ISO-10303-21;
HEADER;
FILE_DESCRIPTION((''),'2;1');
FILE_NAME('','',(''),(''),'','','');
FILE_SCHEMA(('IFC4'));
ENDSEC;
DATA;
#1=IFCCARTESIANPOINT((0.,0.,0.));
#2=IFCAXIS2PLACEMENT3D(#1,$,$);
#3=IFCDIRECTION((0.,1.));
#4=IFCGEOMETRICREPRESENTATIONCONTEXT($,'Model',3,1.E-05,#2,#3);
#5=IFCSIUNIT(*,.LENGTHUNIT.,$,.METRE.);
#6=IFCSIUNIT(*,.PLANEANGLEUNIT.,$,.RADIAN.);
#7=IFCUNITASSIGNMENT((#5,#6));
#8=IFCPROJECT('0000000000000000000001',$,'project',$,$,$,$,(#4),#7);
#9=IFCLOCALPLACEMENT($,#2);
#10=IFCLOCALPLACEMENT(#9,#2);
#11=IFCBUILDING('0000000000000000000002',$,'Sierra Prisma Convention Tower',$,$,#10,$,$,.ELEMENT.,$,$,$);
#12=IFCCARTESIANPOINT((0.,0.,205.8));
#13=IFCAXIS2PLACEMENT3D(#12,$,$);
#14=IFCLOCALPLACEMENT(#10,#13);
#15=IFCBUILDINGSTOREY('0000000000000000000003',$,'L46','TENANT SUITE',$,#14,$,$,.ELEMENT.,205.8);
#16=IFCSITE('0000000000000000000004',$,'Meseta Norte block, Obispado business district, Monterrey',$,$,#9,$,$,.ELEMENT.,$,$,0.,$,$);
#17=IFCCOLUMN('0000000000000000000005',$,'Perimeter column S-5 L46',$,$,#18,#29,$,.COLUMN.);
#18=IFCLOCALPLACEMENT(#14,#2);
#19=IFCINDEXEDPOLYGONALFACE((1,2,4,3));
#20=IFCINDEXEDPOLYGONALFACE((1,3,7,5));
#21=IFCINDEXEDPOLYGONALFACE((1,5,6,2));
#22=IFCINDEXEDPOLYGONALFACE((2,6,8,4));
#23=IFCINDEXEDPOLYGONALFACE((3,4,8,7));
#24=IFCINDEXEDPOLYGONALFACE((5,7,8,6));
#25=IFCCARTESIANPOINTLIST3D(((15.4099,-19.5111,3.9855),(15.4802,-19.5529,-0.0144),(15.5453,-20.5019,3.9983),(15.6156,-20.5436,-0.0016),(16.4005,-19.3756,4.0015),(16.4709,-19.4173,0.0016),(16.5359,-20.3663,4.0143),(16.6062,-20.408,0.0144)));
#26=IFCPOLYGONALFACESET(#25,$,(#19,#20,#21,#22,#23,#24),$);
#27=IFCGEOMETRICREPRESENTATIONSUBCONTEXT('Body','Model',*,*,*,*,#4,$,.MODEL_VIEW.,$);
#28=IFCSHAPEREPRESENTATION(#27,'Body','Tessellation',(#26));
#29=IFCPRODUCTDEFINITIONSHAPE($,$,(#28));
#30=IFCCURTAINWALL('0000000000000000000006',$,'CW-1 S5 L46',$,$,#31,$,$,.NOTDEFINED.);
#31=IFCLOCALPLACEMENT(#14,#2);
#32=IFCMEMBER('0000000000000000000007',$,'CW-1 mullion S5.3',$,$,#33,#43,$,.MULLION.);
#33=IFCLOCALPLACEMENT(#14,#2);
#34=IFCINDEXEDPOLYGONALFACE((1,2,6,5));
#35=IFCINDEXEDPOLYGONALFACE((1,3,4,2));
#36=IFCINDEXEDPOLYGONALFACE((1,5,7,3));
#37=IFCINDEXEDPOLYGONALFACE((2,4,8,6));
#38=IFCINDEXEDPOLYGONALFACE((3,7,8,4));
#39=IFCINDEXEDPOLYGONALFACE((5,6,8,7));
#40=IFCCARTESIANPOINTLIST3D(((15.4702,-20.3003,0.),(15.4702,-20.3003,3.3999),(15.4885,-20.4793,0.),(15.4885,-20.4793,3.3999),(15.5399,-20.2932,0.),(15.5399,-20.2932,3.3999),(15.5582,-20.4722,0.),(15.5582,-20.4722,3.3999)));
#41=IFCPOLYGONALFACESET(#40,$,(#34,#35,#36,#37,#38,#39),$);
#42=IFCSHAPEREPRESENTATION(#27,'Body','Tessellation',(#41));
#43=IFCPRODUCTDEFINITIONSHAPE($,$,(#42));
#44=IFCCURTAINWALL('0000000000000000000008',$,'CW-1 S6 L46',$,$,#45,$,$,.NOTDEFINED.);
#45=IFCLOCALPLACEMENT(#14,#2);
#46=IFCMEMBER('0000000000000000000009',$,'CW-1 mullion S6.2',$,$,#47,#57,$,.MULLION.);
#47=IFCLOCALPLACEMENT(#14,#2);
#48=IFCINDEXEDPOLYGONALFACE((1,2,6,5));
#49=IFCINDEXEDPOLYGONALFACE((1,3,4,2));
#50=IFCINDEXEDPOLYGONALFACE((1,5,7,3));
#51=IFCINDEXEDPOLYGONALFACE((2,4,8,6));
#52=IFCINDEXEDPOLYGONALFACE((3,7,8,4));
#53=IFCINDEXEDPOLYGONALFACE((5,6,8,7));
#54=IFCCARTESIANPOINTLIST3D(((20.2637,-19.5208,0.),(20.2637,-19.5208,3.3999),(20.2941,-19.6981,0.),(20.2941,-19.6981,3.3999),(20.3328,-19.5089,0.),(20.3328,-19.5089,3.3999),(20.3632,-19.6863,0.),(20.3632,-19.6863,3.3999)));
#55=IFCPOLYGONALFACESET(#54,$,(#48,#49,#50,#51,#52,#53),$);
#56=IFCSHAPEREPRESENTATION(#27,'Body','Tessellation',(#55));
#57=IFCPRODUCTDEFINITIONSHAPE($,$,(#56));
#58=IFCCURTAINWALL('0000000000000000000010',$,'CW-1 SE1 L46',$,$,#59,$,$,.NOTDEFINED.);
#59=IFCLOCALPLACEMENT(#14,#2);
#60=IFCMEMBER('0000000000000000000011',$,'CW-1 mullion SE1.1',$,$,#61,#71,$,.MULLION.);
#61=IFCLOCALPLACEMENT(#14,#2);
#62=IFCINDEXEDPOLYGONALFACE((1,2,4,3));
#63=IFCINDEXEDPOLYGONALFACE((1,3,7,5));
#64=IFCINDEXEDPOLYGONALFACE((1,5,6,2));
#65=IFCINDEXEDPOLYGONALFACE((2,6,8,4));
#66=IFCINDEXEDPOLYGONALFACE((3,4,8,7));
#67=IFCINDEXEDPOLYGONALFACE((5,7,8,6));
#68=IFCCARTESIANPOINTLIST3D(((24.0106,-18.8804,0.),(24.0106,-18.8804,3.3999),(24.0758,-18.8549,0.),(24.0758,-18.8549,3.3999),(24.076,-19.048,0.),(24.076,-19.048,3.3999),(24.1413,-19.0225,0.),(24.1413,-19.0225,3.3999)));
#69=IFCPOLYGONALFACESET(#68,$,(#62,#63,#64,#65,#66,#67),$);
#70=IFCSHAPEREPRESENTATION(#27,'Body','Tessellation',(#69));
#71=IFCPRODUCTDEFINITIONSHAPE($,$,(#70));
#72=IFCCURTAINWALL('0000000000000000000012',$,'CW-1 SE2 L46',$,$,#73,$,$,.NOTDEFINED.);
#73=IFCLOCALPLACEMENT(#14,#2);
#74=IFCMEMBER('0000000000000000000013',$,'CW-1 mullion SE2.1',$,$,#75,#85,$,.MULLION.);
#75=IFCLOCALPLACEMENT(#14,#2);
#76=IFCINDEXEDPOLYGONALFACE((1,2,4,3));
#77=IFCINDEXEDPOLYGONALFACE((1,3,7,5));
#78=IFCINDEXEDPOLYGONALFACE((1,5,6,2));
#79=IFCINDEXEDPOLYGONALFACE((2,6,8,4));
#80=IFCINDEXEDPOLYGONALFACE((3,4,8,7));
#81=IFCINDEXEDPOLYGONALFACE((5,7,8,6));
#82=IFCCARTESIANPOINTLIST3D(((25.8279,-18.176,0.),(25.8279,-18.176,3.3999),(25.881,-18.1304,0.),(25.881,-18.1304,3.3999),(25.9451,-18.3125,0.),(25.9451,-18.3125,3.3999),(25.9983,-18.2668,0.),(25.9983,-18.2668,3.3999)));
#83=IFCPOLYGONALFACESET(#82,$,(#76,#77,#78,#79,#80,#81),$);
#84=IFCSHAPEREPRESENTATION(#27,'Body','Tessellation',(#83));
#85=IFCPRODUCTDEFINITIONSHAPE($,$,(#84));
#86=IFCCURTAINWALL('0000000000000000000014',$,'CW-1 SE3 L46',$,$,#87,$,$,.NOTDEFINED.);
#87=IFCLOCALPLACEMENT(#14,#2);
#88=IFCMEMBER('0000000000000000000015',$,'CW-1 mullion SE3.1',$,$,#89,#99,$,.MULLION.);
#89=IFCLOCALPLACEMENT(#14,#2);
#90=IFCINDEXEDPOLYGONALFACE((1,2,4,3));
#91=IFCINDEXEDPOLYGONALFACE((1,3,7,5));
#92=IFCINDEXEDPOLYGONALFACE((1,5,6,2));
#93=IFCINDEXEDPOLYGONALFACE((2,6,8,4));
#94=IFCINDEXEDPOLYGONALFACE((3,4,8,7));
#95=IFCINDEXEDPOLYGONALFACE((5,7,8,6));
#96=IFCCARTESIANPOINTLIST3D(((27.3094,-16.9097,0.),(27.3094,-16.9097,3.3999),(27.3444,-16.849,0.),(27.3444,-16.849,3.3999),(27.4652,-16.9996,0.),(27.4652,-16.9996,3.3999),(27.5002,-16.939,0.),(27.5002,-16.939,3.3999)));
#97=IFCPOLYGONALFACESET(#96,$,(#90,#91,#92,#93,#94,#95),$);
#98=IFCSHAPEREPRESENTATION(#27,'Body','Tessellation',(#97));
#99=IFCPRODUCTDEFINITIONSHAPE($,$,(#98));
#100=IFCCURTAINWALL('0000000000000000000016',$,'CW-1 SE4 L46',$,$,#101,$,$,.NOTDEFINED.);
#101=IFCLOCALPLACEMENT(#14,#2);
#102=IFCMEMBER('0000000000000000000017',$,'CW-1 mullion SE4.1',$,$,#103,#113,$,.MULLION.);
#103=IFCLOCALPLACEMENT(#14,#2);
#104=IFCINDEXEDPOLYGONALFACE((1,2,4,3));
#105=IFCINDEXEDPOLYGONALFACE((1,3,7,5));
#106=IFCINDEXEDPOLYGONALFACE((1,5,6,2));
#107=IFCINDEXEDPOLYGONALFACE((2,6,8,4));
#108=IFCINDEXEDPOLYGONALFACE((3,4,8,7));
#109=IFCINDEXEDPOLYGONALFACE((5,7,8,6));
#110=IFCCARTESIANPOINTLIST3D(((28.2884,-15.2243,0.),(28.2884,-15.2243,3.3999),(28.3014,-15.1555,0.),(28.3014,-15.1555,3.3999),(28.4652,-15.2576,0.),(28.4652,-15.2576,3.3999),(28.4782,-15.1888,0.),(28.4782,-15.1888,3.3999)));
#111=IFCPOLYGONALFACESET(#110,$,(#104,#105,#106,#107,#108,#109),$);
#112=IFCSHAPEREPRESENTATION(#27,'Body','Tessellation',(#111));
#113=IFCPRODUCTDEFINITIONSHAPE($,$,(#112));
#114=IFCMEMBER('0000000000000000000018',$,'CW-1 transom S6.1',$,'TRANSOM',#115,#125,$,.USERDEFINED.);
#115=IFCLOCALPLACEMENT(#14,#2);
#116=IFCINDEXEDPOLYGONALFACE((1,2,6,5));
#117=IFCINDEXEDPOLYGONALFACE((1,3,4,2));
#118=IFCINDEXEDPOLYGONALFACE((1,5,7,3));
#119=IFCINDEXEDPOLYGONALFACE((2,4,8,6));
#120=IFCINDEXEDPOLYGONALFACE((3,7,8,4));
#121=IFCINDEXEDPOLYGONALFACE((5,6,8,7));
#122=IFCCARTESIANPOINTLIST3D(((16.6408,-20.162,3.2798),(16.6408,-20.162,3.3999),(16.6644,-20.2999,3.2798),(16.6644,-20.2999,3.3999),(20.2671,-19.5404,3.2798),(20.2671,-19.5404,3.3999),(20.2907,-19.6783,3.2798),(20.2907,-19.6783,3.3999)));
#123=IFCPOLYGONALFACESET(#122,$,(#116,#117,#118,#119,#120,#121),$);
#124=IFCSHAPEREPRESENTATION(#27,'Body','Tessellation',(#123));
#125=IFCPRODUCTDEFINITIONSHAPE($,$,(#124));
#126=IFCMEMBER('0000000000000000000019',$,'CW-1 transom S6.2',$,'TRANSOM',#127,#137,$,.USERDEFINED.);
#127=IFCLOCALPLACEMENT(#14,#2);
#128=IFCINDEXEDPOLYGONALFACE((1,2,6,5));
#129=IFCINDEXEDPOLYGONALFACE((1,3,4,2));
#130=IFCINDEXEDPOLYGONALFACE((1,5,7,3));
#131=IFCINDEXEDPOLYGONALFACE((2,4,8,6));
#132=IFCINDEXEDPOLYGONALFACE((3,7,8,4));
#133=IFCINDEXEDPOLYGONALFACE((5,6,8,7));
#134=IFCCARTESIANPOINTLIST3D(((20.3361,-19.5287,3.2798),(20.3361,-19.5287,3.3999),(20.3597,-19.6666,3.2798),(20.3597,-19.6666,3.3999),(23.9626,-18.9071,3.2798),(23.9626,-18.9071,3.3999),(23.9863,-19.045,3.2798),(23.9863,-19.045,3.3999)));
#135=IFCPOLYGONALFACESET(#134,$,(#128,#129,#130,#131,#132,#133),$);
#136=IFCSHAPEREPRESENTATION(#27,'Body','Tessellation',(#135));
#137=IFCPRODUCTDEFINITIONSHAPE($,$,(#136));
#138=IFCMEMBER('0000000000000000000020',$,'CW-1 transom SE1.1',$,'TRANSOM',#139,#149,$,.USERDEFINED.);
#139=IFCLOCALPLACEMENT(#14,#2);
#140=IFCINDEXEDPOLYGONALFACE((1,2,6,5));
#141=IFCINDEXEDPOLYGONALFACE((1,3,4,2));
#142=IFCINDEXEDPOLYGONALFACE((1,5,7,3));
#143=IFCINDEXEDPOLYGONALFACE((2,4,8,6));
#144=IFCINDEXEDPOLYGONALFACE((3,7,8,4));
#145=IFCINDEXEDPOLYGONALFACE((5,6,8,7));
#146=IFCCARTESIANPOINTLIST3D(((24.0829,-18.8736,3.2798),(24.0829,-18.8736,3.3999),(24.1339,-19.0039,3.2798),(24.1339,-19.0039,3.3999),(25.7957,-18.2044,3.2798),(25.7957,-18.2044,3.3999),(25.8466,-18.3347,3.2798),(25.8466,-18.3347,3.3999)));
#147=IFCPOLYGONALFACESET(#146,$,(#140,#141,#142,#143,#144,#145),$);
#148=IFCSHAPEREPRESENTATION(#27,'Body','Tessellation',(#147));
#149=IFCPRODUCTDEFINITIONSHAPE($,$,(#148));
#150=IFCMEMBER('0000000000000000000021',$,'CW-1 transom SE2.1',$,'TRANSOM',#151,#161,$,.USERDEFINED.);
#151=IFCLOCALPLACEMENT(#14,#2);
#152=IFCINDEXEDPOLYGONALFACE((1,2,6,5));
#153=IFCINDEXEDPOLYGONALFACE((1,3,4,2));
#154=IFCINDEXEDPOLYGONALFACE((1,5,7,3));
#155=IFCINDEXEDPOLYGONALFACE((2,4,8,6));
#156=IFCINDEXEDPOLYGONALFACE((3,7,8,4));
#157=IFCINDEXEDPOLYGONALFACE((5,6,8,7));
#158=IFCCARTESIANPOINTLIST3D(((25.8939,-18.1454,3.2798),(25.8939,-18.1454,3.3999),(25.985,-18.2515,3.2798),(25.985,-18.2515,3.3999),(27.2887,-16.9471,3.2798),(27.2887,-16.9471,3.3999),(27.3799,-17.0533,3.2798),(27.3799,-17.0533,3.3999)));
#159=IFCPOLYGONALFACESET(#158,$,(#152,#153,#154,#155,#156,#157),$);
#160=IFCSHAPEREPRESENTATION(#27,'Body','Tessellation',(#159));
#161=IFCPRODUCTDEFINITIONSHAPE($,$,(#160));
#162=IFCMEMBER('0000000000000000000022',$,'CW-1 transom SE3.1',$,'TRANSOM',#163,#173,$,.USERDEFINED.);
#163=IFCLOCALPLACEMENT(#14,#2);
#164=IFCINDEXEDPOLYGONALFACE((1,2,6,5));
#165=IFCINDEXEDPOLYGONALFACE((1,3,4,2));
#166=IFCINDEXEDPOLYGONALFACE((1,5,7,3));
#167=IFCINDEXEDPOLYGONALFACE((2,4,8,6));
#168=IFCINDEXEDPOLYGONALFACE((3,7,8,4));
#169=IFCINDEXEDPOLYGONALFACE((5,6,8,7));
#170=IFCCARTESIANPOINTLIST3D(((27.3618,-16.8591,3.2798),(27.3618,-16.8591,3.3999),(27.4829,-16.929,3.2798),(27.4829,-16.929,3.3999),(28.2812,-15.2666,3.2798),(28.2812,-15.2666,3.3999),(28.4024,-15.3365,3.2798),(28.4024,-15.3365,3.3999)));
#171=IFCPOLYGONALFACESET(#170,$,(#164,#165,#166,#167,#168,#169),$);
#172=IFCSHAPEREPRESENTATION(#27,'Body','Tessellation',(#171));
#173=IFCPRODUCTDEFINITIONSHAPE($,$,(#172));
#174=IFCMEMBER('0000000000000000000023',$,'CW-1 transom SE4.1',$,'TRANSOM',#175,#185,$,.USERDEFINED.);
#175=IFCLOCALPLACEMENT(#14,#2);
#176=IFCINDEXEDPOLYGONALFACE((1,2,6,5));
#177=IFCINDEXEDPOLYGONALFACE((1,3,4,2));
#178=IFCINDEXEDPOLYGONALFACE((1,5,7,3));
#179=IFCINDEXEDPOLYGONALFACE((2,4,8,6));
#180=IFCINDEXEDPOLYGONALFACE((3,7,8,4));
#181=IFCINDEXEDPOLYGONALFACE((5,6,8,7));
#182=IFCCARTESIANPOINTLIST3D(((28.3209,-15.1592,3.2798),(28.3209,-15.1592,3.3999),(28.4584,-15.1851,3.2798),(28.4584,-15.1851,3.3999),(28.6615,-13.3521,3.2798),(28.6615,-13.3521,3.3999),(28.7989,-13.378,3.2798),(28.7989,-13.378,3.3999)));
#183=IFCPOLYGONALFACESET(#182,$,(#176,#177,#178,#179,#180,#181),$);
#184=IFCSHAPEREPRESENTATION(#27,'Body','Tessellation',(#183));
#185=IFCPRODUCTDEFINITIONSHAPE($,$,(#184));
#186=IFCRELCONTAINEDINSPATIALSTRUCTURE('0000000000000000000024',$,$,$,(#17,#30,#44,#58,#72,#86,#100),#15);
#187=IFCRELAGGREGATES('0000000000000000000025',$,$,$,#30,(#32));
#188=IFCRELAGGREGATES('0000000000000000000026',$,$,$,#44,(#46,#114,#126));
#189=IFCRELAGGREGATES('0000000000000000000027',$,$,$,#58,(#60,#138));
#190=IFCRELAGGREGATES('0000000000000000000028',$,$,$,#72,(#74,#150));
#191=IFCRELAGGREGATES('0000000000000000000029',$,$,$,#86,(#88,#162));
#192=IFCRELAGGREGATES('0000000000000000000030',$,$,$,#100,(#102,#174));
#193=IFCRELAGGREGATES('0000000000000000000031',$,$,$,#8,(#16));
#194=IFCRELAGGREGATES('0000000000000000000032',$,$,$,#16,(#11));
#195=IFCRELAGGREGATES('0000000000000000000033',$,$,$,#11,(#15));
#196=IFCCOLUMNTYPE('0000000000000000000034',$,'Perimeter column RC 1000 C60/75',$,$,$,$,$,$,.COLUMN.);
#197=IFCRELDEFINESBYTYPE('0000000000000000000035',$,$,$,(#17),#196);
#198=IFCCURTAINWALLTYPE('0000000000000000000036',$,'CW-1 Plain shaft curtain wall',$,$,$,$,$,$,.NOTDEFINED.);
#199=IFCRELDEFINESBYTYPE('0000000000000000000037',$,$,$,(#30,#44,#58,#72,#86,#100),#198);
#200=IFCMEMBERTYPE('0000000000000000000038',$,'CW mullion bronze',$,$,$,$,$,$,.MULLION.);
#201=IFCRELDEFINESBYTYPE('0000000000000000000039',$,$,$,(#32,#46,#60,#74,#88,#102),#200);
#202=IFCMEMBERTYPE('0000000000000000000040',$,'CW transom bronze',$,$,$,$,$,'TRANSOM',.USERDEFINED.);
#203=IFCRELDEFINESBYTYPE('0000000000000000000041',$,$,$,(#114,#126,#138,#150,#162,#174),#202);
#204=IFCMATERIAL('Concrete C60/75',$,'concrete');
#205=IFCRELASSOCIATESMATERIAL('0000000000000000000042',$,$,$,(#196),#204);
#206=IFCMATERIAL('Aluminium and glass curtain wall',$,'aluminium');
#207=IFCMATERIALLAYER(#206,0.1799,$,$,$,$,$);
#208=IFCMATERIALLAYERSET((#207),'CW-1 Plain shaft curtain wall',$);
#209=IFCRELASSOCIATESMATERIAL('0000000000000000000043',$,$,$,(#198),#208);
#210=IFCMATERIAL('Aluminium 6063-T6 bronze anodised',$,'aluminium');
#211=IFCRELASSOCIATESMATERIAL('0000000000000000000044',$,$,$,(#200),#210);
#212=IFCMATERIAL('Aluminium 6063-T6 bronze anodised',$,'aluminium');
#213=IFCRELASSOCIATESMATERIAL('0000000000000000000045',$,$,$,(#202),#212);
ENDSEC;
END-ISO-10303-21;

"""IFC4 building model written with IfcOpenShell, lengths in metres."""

from ifc_helpers import new_model, si_unit, direction, frame, origin, origin_2d, place, context, subcontext, project, spatial, rectangle, extrude, material, layer, layer_set, material_profile, profile_set, type_object, element, aggregate, save


model = new_model("IFC4")

# Units and contexts
model_context = context("Model", 3, precision=1e-05, world=origin(), true_north=direction((0.0, 1.0)))
body_context = subcontext(model_context, "Body", "Model", "MODEL_VIEW")
ifc_project = project(units=[si_unit("LENGTHUNIT", "METRE"), si_unit("PLANEANGLEUNIT", "RADIAN")], contexts=[model_context])

# Site, building, storey
site_placement = place(None, origin())
site = spatial("IfcSite", under=ifc_project, at=site_placement, Name="Meseta Norte block, Obispado business district, Monterrey", CompositionType="ELEMENT", RefElevation=0.0)
building_placement = place(site_placement, origin())
building = spatial("IfcBuilding", under=site, at=building_placement, Name="Sierra Prisma Convention Tower", CompositionType="ELEMENT")
storey_placement = place(building_placement, frame((0.0, 0.0, 205.8)))
storey = spatial("IfcBuildingStorey", under=building, at=storey_placement, Name="L46", Description="TENANT SUITE", CompositionType="ELEMENT", Elevation=205.8)

# Column
ifc_material_1 = material(Name="Concrete C60/75", Category="concrete")
ifc_material_profile_1 = material_profile(ifc_material_1, rectangle(XDim=1.0, YDim=1.0, at=origin_2d()), Name="Perimeter column RC 1000 C60/75")
ifc_profile_set_1 = profile_set([ifc_material_profile_1], Name="Concrete C60/75")
column_type = type_object("IfcColumnType", Name="Perimeter column RC 1000 C60/75", PredefinedType="COLUMN", material=ifc_profile_set_1)
column_placement = place(storey_placement, frame((16.0432, -19.9805, 0.0), z_axis=(-0.017574, 0.010435, 0.999791), x_axis=(0.990641, 0.135554, 0.015999)))
element("IfcColumn", 1, at=column_placement, inside=storey, type_object=column_type, Name="Perimeter column S-5 L46", PredefinedType="COLUMN", context=body_context, shape_type="SweptSolid", body=[
    extrude(rectangle(XDim=1.0, YDim=1.0, at=origin_2d()), origin(), (0.0, 0.0, 1.0), 4.0007),
])

# Curtain walls, members
ifc_material_2 = material(Name="Aluminium and glass curtain wall", Category="aluminium")
ifc_layer_1 = layer(ifc_material_2, 0.1799)
ifc_layer_set_1 = layer_set([ifc_layer_1], Name="CW-1 Plain shaft curtain wall")
curtain_wall_type = type_object("IfcCurtainWallType", Name="CW-1 Plain shaft curtain wall", PredefinedType="NOTDEFINED", material=ifc_layer_set_1)
curtain_wall_1_placement = place(storey_placement, origin())
curtain_wall_1 = element("IfcCurtainWall", 2, at=curtain_wall_1_placement, inside=storey, type_object=curtain_wall_type, Name="CW-1 S5 L46", PredefinedType="NOTDEFINED")
ifc_material_3 = material(Name="Aluminium 6063-T6 bronze anodised", Category="aluminium")
ifc_material_profile_2 = material_profile(ifc_material_3, rectangle(XDim=0.1799, YDim=0.0701, at=origin_2d()), Name="ALU MULLION 70x180")
ifc_profile_set_2 = profile_set([ifc_material_profile_2], Name="Aluminium 6063-T6 bronze anodised")
member_type_1 = type_object("IfcMemberType", Name="CW mullion bronze", PredefinedType="MULLION", material=ifc_profile_set_2)
member_1_placement = place(storey_placement, frame((15.5142, -20.3862, 0.0), z_axis=(0.0, 0.0, 1.0), x_axis=(-0.101672, 0.994818, 0.0)))
member_1 = element("IfcMember", 3, at=member_1_placement, type_object=member_type_1, Name="CW-1 mullion S5.3", PredefinedType="MULLION", context=body_context, shape_type="SweptSolid", body=[
    extrude(rectangle(XDim=0.1799, YDim=0.0701, at=origin_2d()), origin(), (0.0, 0.0, 1.0), 3.3999),
])
curtain_wall_2_placement = place(storey_placement, origin())
curtain_wall_2 = element("IfcCurtainWall", 4, at=curtain_wall_2_placement, inside=storey, type_object=curtain_wall_type, Name="CW-1 S6 L46", PredefinedType="NOTDEFINED")
member_2_placement = place(storey_placement, frame((20.3135, -19.6035, 0.0), z_axis=(0.0, 0.0, 1.0), x_axis=(-0.168933, 0.985627, 0.0)))
member_2 = element("IfcMember", 5, at=member_2_placement, type_object=member_type_1, Name="CW-1 mullion S6.2", PredefinedType="MULLION", context=body_context, shape_type="SweptSolid", body=[
    extrude(rectangle(XDim=0.1799, YDim=0.0701, at=origin_2d()), origin(), (0.0, 0.0, 1.0), 3.3999),
])
curtain_wall_3_placement = place(storey_placement, origin())
curtain_wall_3 = element("IfcCurtainWall", 6, at=curtain_wall_3_placement, inside=storey, type_object=curtain_wall_type, Name="CW-1 SE1 L46", PredefinedType="NOTDEFINED")
member_3_placement = place(storey_placement, frame((24.0759, -18.9514, 0.0), z_axis=(0.0, 0.0, 1.0), x_axis=(-0.363849, 0.931458, 0.0)))
member_3 = element("IfcMember", 7, at=member_3_placement, type_object=member_type_1, Name="CW-1 mullion SE1.1", PredefinedType="MULLION", context=body_context, shape_type="SweptSolid", body=[
    extrude(rectangle(XDim=0.1799, YDim=0.0701, at=origin_2d()), origin(), (0.0, 0.0, 1.0), 3.3999),
])
curtain_wall_4_placement = place(storey_placement, origin())
curtain_wall_4 = element("IfcCurtainWall", 8, at=curtain_wall_4_placement, inside=storey, type_object=curtain_wall_type, Name="CW-1 SE2 L46", PredefinedType="NOTDEFINED")
member_4_placement = place(storey_placement, frame((25.9131, -18.2214, 0.0), z_axis=(0.0, 0.0, 1.0), x_axis=(-0.65168, 0.758494, 0.0)))
member_4 = element("IfcMember", 9, at=member_4_placement, type_object=member_type_1, Name="CW-1 mullion SE2.1", PredefinedType="MULLION", context=body_context, shape_type="SweptSolid", body=[
    extrude(rectangle(XDim=0.1799, YDim=0.0701, at=origin_2d()), origin(), (0.0, 0.0, 1.0), 3.3999),
])
curtain_wall_5_placement = place(storey_placement, origin())
curtain_wall_5 = element("IfcCurtainWall", 10, at=curtain_wall_5_placement, inside=storey, type_object=curtain_wall_type, Name="CW-1 SE3 L46", PredefinedType="NOTDEFINED")
member_5_placement = place(storey_placement, frame((27.4048, -16.9243, 0.0), z_axis=(0.0, 0.0, 1.0), x_axis=(-0.866025, 0.5, 0.0)))
member_5 = element("IfcMember", 11, at=member_5_placement, type_object=member_type_1, Name="CW-1 mullion SE3.1", PredefinedType="MULLION", context=body_context, shape_type="SweptSolid", body=[
    extrude(rectangle(XDim=0.1799, YDim=0.0701, at=origin_2d()), origin(), (0.0, 0.0, 1.0), 3.3999),
])
curtain_wall_6_placement = place(storey_placement, origin())
curtain_wall_6 = element("IfcCurtainWall", 12, at=curtain_wall_6_placement, inside=storey, type_object=curtain_wall_type, Name="CW-1 SE4 L46", PredefinedType="NOTDEFINED")
member_6_placement = place(storey_placement, frame((28.3833, -15.2065, 0.0), z_axis=(0.0, 0.0, 1.0), x_axis=(-0.982715, 0.185124, 0.0)))
member_6 = element("IfcMember", 13, at=member_6_placement, type_object=member_type_1, Name="CW-1 mullion SE4.1", PredefinedType="MULLION", context=body_context, shape_type="SweptSolid", body=[
    extrude(rectangle(XDim=0.1799, YDim=0.0701, at=origin_2d()), origin(), (0.0, 0.0, 1.0), 3.3999),
])

# Members
ifc_material_4 = material(Name="Aluminium 6063-T6 bronze anodised", Category="aluminium")
ifc_material_profile_3 = material_profile(ifc_material_4, rectangle(XDim=0.1399, YDim=0.1201, at=origin_2d()), Name="ALU TRANSOM 120x140")
ifc_profile_set_3 = profile_set([ifc_material_profile_3], Name="Aluminium 6063-T6 bronze anodised")
member_type_2 = type_object("IfcMemberType", Name="CW transom bronze", ElementType="TRANSOM", PredefinedType="USERDEFINED", material=ifc_profile_set_3)
member_7_placement = place(storey_placement, frame((16.6526, -20.231, 3.3398), z_axis=(0.985625, 0.168949, 0.0), x_axis=(-0.168949, 0.985625, 0.0)))
member_7 = element("IfcMember", 14, at=member_7_placement, type_object=member_type_2, Name="CW-1 transom S6.1", ObjectType="TRANSOM", PredefinedType="USERDEFINED", context=body_context, shape_type="SweptSolid", body=[
    extrude(rectangle(XDim=0.1399, YDim=0.1201, at=origin_2d()), origin(), (0.0, 0.0, 1.0), 3.6792),
])
member_8_placement = place(storey_placement, frame((20.3479, -19.5977, 3.3398), z_axis=(0.985627, 0.168938, 0.0), x_axis=(-0.168938, 0.985627, 0.0)))
member_8 = element("IfcMember", 15, at=member_8_placement, type_object=member_type_2, Name="CW-1 transom S6.2", ObjectType="TRANSOM", PredefinedType="USERDEFINED", context=body_context, shape_type="SweptSolid", body=[
    extrude(rectangle(XDim=0.1399, YDim=0.1201, at=origin_2d()), origin(), (0.0, 0.0, 1.0), 3.6794),
])
member_9_placement = place(storey_placement, frame((24.1084, -18.9387, 3.3398), z_axis=(0.93144, 0.363894, 0.0), x_axis=(-0.363894, 0.93144, 0.0)))
member_9 = element("IfcMember", 16, at=member_9_placement, type_object=member_type_2, Name="CW-1 transom SE1.1", ObjectType="TRANSOM", PredefinedType="USERDEFINED", context=body_context, shape_type="SweptSolid", body=[
    extrude(rectangle(XDim=0.1399, YDim=0.1201, at=origin_2d()), origin(), (0.0, 0.0, 1.0), 1.8389),
])
member_10_placement = place(storey_placement, frame((25.9395, -18.1985, 3.3398), z_axis=(0.758525, 0.651644, 0.0), x_axis=(-0.651644, 0.758525, 0.0)))
member_10 = element("IfcMember", 17, at=member_10_placement, type_object=member_type_2, Name="CW-1 transom SE2.1", ObjectType="TRANSOM", PredefinedType="USERDEFINED", context=body_context, shape_type="SweptSolid", body=[
    extrude(rectangle(XDim=0.1399, YDim=0.1201, at=origin_2d()), origin(), (0.0, 0.0, 1.0), 1.8389),
])
member_11_placement = place(storey_placement, frame((27.4224, -16.894, 3.3398), z_axis=(0.499994, 0.866029, 0.0), x_axis=(-0.866029, 0.499994, 0.0)))
member_11 = element("IfcMember", 18, at=member_11_placement, type_object=member_type_2, Name="CW-1 transom SE3.1", ObjectType="TRANSOM", PredefinedType="USERDEFINED", context=body_context, shape_type="SweptSolid", body=[
    extrude(rectangle(XDim=0.1399, YDim=0.1201, at=origin_2d()), origin(), (0.0, 0.0, 1.0), 1.8389),
])
member_12_placement = place(storey_placement, frame((28.3896, -15.1721, 3.3398), z_axis=(0.185202, 0.9827, 0.0), x_axis=(-0.9827, 0.185202, 0.0)))
member_12 = element("IfcMember", 19, at=member_12_placement, type_object=member_type_2, Name="CW-1 transom SE4.1", ObjectType="TRANSOM", PredefinedType="USERDEFINED", context=body_context, shape_type="SweptSolid", body=[
    extrude(rectangle(XDim=0.1399, YDim=0.1201, at=origin_2d()), origin(), (0.0, 0.0, 1.0), 1.8389),
])

aggregate(curtain_wall_1, [member_1])
aggregate(curtain_wall_2, [member_2, member_7, member_8])
aggregate(curtain_wall_3, [member_3, member_9])
aggregate(curtain_wall_4, [member_4, member_10])
aggregate(curtain_wall_5, [member_5, member_11])
aggregate(curtain_wall_6, [member_6, member_12])

save(model, "model.ifc")
